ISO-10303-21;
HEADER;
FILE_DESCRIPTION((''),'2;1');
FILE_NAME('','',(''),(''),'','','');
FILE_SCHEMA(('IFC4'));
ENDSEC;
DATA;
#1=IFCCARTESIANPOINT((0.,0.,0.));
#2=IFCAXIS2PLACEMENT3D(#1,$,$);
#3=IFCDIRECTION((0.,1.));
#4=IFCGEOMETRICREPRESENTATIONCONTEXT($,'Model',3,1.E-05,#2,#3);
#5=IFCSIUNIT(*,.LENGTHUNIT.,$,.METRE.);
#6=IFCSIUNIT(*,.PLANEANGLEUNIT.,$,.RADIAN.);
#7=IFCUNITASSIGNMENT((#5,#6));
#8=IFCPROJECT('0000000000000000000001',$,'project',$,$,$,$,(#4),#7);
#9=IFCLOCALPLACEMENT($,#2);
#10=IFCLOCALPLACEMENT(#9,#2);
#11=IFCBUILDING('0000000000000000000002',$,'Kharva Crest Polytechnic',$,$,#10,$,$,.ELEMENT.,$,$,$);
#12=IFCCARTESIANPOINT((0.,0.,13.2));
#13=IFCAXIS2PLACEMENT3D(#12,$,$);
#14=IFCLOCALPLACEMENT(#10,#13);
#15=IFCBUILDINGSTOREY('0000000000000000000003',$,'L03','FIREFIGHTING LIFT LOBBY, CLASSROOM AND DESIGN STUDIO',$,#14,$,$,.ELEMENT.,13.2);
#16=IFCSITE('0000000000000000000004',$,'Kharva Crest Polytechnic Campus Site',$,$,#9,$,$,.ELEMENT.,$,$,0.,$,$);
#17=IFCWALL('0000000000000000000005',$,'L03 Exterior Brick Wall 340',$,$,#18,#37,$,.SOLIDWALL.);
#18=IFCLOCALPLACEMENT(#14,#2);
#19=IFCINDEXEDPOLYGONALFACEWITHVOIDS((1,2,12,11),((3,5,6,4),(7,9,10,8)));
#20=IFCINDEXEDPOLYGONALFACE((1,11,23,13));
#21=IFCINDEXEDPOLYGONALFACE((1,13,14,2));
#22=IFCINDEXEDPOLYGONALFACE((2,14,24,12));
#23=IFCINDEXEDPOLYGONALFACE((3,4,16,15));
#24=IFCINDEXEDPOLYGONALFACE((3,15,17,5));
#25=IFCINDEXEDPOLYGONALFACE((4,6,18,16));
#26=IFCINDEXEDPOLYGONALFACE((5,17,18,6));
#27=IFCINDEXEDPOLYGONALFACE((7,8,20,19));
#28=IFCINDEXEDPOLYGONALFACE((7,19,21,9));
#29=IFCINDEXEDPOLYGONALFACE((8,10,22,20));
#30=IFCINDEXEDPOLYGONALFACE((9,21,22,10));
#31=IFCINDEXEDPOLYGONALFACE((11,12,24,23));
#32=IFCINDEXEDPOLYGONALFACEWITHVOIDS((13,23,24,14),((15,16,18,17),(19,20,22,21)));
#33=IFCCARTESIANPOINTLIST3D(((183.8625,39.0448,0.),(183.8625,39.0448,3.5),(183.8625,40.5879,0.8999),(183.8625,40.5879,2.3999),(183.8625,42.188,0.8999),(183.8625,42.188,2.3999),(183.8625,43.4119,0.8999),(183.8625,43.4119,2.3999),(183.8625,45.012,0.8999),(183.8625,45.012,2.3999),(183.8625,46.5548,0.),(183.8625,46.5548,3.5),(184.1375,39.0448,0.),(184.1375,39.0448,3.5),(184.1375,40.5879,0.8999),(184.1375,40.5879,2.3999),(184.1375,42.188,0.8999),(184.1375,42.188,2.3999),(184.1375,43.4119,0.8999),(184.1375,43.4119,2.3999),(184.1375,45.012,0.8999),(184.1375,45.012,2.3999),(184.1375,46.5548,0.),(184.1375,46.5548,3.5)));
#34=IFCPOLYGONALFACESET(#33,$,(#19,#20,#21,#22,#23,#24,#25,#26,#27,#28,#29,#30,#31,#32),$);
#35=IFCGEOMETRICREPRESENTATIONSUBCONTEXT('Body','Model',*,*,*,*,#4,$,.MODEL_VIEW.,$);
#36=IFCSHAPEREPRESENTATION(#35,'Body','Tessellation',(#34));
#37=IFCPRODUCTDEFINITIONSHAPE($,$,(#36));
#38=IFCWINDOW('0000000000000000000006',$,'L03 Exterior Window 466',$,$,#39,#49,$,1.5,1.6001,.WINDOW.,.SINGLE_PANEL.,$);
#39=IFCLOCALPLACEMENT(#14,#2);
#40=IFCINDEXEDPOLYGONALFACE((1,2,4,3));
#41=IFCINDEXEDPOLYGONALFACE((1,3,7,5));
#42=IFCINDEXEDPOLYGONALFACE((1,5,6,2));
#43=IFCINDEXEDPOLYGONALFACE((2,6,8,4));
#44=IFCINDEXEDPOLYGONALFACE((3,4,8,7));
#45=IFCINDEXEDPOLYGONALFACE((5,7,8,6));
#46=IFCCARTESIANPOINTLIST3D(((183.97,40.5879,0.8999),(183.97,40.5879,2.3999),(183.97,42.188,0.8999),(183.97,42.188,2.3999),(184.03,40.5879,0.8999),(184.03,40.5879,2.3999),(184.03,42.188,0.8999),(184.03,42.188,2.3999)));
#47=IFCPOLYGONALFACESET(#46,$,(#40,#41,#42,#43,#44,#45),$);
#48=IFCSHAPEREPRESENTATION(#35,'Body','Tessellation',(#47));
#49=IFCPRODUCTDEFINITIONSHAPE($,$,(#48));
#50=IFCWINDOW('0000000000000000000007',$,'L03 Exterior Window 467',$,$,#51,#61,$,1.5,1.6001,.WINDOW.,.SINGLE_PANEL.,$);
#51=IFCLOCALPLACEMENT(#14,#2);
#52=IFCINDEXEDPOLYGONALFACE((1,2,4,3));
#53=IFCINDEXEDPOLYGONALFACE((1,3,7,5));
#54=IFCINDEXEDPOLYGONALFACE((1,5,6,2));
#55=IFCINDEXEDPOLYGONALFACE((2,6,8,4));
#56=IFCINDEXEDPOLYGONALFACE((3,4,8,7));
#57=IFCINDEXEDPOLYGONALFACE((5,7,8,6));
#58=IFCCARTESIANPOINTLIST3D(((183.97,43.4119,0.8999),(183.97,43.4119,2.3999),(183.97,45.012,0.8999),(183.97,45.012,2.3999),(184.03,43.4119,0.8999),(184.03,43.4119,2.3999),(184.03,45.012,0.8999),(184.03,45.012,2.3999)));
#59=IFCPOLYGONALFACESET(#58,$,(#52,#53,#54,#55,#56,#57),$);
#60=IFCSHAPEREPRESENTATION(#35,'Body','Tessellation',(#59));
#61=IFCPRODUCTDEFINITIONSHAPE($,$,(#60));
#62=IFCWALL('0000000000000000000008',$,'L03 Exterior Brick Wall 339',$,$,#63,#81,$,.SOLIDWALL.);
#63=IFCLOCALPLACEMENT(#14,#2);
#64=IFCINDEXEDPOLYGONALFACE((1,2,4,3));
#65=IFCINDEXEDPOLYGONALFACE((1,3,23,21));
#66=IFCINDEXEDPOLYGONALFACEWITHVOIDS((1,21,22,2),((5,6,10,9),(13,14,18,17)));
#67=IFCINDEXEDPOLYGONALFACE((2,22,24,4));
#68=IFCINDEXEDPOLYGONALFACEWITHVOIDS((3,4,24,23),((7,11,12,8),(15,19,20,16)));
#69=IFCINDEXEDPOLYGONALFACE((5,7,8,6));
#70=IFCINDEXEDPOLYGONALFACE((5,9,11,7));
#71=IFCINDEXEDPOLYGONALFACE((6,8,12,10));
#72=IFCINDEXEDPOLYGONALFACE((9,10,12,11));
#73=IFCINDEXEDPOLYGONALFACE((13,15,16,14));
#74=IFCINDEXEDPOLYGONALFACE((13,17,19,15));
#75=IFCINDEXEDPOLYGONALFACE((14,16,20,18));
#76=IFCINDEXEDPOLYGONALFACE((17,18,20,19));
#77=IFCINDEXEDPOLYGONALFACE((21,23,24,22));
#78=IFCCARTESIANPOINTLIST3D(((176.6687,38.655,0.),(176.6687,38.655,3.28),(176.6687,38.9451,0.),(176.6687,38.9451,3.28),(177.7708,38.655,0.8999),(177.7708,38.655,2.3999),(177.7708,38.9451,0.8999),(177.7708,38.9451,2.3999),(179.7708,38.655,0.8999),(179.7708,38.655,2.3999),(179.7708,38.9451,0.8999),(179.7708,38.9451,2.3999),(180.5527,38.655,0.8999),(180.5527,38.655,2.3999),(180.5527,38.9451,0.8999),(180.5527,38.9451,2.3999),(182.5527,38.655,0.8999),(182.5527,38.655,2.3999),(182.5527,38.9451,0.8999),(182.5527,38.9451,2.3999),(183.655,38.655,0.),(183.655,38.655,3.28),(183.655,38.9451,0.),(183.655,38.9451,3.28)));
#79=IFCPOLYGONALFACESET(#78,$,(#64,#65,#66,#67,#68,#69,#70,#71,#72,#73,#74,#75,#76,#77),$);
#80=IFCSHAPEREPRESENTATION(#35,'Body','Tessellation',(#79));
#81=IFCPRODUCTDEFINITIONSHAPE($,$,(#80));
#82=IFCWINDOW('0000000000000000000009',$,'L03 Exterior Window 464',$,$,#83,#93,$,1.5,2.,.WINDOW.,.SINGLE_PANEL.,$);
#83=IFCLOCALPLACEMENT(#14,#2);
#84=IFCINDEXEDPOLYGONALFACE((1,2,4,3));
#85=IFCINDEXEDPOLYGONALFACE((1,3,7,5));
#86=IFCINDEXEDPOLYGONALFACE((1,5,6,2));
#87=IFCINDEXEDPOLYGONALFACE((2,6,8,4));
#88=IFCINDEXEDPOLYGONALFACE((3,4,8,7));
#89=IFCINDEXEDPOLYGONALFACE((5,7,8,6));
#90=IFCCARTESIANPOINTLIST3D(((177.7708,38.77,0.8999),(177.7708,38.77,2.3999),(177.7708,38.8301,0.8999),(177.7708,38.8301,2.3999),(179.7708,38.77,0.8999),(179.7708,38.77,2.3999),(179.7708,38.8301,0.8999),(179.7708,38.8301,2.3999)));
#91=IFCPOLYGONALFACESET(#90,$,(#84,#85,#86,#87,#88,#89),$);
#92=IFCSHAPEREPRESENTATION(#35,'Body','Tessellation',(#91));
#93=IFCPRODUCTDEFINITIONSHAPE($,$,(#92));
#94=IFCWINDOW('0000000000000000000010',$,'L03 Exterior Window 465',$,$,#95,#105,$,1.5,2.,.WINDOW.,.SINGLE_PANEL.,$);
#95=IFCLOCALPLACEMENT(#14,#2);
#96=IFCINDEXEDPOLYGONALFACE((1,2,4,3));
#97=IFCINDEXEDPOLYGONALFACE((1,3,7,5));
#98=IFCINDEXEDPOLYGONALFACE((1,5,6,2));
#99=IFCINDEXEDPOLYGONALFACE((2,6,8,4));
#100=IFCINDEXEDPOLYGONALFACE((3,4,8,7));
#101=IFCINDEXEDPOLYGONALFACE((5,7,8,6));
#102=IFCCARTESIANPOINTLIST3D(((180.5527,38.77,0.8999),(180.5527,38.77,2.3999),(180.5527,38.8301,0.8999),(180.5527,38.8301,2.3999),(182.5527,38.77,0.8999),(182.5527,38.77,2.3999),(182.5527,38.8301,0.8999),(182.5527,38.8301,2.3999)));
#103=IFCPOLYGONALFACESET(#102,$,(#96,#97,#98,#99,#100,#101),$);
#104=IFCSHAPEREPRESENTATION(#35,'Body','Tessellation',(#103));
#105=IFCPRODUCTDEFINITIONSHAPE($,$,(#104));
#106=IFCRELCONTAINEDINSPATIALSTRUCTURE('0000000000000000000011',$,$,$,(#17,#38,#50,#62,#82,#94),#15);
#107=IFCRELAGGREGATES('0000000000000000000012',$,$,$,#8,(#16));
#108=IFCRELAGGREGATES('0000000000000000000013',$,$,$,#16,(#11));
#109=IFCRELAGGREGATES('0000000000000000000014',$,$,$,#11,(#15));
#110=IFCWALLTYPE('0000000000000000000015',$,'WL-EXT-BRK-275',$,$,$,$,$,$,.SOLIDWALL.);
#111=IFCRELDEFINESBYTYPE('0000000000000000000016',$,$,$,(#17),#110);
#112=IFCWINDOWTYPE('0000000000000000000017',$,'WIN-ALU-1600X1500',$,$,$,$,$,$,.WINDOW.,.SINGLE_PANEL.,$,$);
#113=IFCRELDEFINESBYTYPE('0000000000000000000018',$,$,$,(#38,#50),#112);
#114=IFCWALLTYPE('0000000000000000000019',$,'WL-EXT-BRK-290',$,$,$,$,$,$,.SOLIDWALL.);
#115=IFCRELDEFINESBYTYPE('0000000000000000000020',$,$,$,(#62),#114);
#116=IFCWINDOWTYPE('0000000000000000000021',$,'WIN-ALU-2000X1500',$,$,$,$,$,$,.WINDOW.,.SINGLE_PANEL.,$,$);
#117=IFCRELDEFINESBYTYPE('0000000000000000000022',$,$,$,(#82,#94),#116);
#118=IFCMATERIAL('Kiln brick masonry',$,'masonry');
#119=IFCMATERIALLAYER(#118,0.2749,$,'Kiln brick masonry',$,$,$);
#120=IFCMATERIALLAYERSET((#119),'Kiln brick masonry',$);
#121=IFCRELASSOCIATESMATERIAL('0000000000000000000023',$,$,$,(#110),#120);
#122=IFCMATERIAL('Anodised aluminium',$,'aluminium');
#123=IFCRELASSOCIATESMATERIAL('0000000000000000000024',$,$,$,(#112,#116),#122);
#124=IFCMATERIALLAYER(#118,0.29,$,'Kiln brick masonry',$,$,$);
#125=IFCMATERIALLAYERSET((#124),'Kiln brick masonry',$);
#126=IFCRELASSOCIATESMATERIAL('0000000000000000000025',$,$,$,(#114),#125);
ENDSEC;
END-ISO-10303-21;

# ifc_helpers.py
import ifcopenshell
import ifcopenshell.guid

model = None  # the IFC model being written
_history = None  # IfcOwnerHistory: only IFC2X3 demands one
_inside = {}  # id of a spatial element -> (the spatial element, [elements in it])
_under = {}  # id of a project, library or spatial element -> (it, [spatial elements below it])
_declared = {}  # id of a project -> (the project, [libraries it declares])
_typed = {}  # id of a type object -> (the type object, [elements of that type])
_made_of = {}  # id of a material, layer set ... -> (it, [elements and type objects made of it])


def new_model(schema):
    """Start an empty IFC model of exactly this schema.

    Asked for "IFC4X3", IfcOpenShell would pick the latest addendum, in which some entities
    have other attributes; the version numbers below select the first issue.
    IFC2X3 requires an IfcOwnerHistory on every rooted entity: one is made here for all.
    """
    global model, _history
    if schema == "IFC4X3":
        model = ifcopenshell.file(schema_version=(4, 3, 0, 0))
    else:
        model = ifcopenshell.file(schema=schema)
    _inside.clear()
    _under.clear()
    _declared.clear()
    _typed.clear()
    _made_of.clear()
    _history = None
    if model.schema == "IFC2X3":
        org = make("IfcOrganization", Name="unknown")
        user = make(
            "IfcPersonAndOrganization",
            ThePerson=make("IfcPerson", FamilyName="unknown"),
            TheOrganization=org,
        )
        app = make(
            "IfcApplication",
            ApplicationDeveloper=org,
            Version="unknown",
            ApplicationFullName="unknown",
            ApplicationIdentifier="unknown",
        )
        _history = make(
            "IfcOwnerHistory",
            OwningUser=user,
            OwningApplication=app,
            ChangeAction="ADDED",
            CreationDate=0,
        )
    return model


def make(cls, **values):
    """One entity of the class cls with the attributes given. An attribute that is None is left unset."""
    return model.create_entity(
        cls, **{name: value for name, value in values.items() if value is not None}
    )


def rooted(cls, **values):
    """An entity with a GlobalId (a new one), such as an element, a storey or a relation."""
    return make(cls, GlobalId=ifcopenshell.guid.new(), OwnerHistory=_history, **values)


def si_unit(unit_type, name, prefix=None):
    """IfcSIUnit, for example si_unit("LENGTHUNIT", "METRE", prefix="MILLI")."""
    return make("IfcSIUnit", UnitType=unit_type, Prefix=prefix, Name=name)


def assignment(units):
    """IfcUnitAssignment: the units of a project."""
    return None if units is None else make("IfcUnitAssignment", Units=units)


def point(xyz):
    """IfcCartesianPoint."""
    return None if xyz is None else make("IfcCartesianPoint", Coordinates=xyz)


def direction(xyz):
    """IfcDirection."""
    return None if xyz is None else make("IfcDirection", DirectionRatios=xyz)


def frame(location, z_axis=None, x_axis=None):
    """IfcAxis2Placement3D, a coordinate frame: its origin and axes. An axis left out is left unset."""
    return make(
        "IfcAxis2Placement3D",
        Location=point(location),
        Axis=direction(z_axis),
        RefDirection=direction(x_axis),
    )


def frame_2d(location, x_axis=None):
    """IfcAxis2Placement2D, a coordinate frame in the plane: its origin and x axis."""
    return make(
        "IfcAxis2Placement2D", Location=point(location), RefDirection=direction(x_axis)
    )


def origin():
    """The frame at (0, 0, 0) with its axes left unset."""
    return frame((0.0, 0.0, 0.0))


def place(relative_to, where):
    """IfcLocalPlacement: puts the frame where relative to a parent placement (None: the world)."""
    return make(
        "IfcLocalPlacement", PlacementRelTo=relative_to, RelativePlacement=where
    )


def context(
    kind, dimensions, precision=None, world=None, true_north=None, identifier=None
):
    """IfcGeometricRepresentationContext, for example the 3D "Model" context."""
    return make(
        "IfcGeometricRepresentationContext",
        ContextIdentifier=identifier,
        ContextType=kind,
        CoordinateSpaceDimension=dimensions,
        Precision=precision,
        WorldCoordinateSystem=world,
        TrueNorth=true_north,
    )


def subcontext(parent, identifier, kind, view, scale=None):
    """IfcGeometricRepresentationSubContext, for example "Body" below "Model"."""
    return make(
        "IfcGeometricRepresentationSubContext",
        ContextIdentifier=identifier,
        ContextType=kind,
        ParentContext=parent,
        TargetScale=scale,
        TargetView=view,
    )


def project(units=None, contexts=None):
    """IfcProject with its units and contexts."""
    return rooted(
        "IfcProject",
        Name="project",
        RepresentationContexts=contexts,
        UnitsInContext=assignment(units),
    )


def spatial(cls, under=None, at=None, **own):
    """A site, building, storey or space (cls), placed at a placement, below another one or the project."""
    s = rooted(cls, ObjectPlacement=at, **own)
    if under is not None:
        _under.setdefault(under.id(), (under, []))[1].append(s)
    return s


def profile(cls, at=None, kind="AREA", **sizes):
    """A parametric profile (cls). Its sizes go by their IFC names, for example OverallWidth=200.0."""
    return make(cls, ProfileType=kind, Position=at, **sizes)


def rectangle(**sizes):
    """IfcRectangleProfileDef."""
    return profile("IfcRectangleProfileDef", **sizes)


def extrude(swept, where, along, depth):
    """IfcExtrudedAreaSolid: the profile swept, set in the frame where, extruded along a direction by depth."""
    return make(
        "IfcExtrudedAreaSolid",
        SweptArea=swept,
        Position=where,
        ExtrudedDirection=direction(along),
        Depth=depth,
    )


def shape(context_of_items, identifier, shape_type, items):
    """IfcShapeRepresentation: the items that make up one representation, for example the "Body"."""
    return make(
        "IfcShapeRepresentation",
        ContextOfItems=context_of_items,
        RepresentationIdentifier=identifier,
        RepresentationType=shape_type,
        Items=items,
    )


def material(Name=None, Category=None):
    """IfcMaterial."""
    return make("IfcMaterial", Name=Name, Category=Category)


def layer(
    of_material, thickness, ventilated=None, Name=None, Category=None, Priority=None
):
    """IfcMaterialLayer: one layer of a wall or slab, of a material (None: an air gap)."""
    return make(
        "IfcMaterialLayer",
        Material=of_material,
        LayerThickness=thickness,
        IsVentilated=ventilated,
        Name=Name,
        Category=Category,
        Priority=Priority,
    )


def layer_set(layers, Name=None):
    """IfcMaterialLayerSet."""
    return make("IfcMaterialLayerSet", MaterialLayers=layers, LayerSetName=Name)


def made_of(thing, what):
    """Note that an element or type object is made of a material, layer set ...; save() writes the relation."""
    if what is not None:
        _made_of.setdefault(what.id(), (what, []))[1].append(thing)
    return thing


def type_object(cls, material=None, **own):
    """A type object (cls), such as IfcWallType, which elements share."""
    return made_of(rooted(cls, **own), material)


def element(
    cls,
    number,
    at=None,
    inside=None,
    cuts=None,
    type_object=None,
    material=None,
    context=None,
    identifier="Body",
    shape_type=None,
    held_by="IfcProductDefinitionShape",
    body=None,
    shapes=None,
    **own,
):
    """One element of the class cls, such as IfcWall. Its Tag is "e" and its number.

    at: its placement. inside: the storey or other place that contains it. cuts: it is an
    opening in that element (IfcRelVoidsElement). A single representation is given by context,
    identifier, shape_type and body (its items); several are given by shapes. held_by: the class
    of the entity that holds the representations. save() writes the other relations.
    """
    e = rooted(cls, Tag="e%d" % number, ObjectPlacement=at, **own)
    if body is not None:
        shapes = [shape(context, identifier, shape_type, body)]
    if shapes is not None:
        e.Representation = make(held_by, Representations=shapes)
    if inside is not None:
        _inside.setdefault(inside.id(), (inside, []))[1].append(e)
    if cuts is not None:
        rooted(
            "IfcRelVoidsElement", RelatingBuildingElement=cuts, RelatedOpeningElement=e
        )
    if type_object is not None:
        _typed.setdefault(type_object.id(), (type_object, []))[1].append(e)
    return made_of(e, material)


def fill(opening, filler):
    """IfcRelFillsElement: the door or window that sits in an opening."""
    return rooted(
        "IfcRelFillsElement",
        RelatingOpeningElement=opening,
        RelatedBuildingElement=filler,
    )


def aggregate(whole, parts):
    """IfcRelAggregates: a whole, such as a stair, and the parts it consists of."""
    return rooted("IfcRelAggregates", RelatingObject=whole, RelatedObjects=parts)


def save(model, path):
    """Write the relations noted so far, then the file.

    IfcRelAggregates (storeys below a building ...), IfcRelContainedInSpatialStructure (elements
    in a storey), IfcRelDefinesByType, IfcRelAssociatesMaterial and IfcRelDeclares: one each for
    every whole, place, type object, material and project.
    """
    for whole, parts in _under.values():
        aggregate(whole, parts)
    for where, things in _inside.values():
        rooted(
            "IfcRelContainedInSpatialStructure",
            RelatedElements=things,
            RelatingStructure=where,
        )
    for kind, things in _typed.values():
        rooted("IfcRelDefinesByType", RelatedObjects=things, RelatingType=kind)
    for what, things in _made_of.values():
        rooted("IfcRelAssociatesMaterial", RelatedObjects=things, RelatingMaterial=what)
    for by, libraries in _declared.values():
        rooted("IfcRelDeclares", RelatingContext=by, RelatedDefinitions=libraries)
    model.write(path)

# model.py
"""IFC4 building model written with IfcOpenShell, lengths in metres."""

from ifc_helpers import new_model, si_unit, direction, frame, frame_2d, origin, place, context, subcontext, project, spatial, rectangle, extrude, material, layer, layer_set, type_object, element, fill, save


model = new_model("IFC4")

# Units and contexts
model_context = context("Model", 3, precision=1e-05, world=origin(), true_north=direction((0.0, 1.0)))
body_context = subcontext(model_context, "Body", "Model", "MODEL_VIEW")
ifc_project = project(units=[si_unit("LENGTHUNIT", "METRE"), si_unit("PLANEANGLEUNIT", "RADIAN")], contexts=[model_context])

# Site, building, storey
site_placement = place(None, origin())
site = spatial("IfcSite", under=ifc_project, at=site_placement, Name="Kharva Crest Polytechnic Campus Site", CompositionType="ELEMENT", RefElevation=0.0)
building_placement = place(site_placement, origin())
building = spatial("IfcBuilding", under=site, at=building_placement, Name="Kharva Crest Polytechnic", CompositionType="ELEMENT")
storey_placement = place(building_placement, frame((0.0, 0.0, 13.2)))
storey = spatial("IfcBuildingStorey", under=building, at=storey_placement, Name="L03", Description="FIREFIGHTING LIFT LOBBY, CLASSROOM AND DESIGN STUDIO", CompositionType="ELEMENT", Elevation=13.2)

# Walls, openings, windows
ifc_material_1 = material(Name="Kiln brick masonry", Category="masonry")
ifc_layer_1 = layer(ifc_material_1, 0.2749, Name="Kiln brick masonry")
ifc_layer_set_1 = layer_set([ifc_layer_1], Name="Kiln brick masonry")
wall_type_1 = type_object("IfcWallType", Name="WL-EXT-BRK-275", PredefinedType="SOLIDWALL", material=ifc_layer_set_1)
wall_1_placement = place(storey_placement, frame((184.0, 39.0449, 0.0), z_axis=(0.0, 0.0, 1.0), x_axis=(0.0, 1.0, 0.0)))
wall_1 = element("IfcWall", 1, at=wall_1_placement, inside=storey, type_object=wall_type_1, Name="L03 Exterior Brick Wall 340", PredefinedType="SOLIDWALL", context=body_context, shape_type="SweptSolid", body=[
    extrude(rectangle(XDim=7.51, YDim=0.2749, at=frame_2d((3.7549, 0.0))), origin(), (0.0, 0.0, 1.0), 3.5),
])
opening_1_placement = place(wall_1_placement, frame((1.543, 0.0, 0.8999)))
opening_1 = element("IfcOpeningElement", 2, at=opening_1_placement, cuts=wall_1, PredefinedType="OPENING", context=body_context, shape_type="SweptSolid", body=[
    extrude(rectangle(XDim=1.6001, YDim=1.5, at=frame_2d((0.8, 0.75))), frame((0.0, 0.1475, 0.0), z_axis=(0.0, -1.0, 0.0), x_axis=(1.0, 0.0, 0.0)), (0.0, 0.0, 1.0), 0.2949),
])
opening_2_placement = place(wall_1_placement, frame((4.3669, 0.0, 0.8999)))
opening_2 = element("IfcOpeningElement", 3, at=opening_2_placement, cuts=wall_1, PredefinedType="OPENING", context=body_context, shape_type="SweptSolid", body=[
    extrude(rectangle(XDim=1.6001, YDim=1.5, at=frame_2d((0.8, 0.75))), frame((0.0, 0.1475, 0.0), z_axis=(0.0, -1.0, 0.0), x_axis=(1.0, 0.0, 0.0)), (0.0, 0.0, 1.0), 0.2949),
])
ifc_material_2 = material(Name="Anodised aluminium", Category="aluminium")
window_type_1 = type_object("IfcWindowType", Name="WIN-ALU-1600X1500", PartitioningType="SINGLE_PANEL", PredefinedType="WINDOW", material=ifc_material_2)
window_1_placement = place(opening_1_placement, origin())
window_1 = element("IfcWindow", 4, at=window_1_placement, inside=storey, type_object=window_type_1, Name="L03 Exterior Window 466", OverallHeight=1.5, OverallWidth=1.6001, PartitioningType="SINGLE_PANEL", PredefinedType="WINDOW", context=body_context, shape_type="SweptSolid", body=[
    extrude(rectangle(XDim=1.6001, YDim=1.5, at=frame_2d((0.8, 0.75))), frame((0.0, 0.03, 0.0), z_axis=(0.0, -1.0, 0.0), x_axis=(1.0, 0.0, 0.0)), (0.0, 0.0, 1.0), 0.0601),
])
fill(opening_1, window_1)
window_2_placement = place(opening_2_placement, origin())
window_2 = element("IfcWindow", 5, at=window_2_placement, inside=storey, type_object=window_type_1, Name="L03 Exterior Window 467", OverallHeight=1.5, OverallWidth=1.6001, PartitioningType="SINGLE_PANEL", PredefinedType="WINDOW", context=body_context, shape_type="SweptSolid", body=[
    extrude(rectangle(XDim=1.6001, YDim=1.5, at=frame_2d((0.8, 0.75))), frame((0.0, 0.03, 0.0), z_axis=(0.0, -1.0, 0.0), x_axis=(1.0, 0.0, 0.0)), (0.0, 0.0, 1.0), 0.0601),
])
fill(opening_2, window_2)
ifc_layer_2 = layer(ifc_material_1, 0.29, Name="Kiln brick masonry")
ifc_layer_set_2 = layer_set([ifc_layer_2], Name="Kiln brick masonry")
wall_type_2 = type_object("IfcWallType", Name="WL-EXT-BRK-290", PredefinedType="SOLIDWALL", material=ifc_layer_set_2)
wall_2_placement = place(storey_placement, frame((176.6687, 38.8, 0.0), z_axis=(0.0, 0.0, 1.0), x_axis=(1.0, 0.0, 0.0)))
wall_2 = element("IfcWall", 6, at=wall_2_placement, inside=storey, type_object=wall_type_2, Name="L03 Exterior Brick Wall 339", PredefinedType="SOLIDWALL", context=body_context, shape_type="SweptSolid", body=[
    extrude(rectangle(XDim=6.9863, YDim=0.29, at=frame_2d((3.4932, 0.0))), origin(), (0.0, 0.0, 1.0), 3.28),
])
opening_3_placement = place(wall_2_placement, frame((1.1021, 0.0, 0.8999)))
opening_3 = element("IfcOpeningElement", 7, at=opening_3_placement, cuts=wall_2, PredefinedType="OPENING", context=body_context, shape_type="SweptSolid", body=[
    extrude(rectangle(XDim=2.0, YDim=1.5, at=frame_2d((1.0, 0.75))), frame((0.0, 0.155, 0.0), z_axis=(0.0, -1.0, 0.0), x_axis=(1.0, 0.0, 0.0)), (0.0, 0.0, 1.0), 0.3101),
])
opening_4_placement = place(wall_2_placement, frame((3.884, 0.0, 0.8999)))
opening_4 = element("IfcOpeningElement", 8, at=opening_4_placement, cuts=wall_2, PredefinedType="OPENING", context=body_context, shape_type="SweptSolid", body=[
    extrude(rectangle(XDim=2.0, YDim=1.5, at=frame_2d((1.0, 0.75))), frame((0.0, 0.155, 0.0), z_axis=(0.0, -1.0, 0.0), x_axis=(1.0, 0.0, 0.0)), (0.0, 0.0, 1.0), 0.3101),
])
window_type_2 = type_object("IfcWindowType", Name="WIN-ALU-2000X1500", PartitioningType="SINGLE_PANEL", PredefinedType="WINDOW", material=ifc_material_2)
window_3_placement = place(opening_3_placement, origin())
window_3 = element("IfcWindow", 9, at=window_3_placement, inside=storey, type_object=window_type_2, Name="L03 Exterior Window 464", OverallHeight=1.5, OverallWidth=2.0, PartitioningType="SINGLE_PANEL", PredefinedType="WINDOW", context=body_context, shape_type="SweptSolid", body=[
    extrude(rectangle(XDim=2.0, YDim=1.5, at=frame_2d((1.0, 0.75))), frame((0.0, 0.03, 0.0), z_axis=(0.0, -1.0, 0.0), x_axis=(1.0, 0.0, 0.0)), (0.0, 0.0, 1.0), 0.0601),
])
fill(opening_3, window_3)
window_4_placement = place(opening_4_placement, origin())
window_4 = element("IfcWindow", 10, at=window_4_placement, inside=storey, type_object=window_type_2, Name="L03 Exterior Window 465", OverallHeight=1.5, OverallWidth=2.0, PartitioningType="SINGLE_PANEL", PredefinedType="WINDOW", context=body_context, shape_type="SweptSolid", body=[
    extrude(rectangle(XDim=2.0, YDim=1.5, at=frame_2d((1.0, 0.75))), frame((0.0, 0.03, 0.0), z_axis=(0.0, -1.0, 0.0), x_axis=(1.0, 0.0, 0.0)), (0.0, 0.0, 1.0), 0.0601),
])
fill(opening_4, window_4)

save(model, "model.ifc")
